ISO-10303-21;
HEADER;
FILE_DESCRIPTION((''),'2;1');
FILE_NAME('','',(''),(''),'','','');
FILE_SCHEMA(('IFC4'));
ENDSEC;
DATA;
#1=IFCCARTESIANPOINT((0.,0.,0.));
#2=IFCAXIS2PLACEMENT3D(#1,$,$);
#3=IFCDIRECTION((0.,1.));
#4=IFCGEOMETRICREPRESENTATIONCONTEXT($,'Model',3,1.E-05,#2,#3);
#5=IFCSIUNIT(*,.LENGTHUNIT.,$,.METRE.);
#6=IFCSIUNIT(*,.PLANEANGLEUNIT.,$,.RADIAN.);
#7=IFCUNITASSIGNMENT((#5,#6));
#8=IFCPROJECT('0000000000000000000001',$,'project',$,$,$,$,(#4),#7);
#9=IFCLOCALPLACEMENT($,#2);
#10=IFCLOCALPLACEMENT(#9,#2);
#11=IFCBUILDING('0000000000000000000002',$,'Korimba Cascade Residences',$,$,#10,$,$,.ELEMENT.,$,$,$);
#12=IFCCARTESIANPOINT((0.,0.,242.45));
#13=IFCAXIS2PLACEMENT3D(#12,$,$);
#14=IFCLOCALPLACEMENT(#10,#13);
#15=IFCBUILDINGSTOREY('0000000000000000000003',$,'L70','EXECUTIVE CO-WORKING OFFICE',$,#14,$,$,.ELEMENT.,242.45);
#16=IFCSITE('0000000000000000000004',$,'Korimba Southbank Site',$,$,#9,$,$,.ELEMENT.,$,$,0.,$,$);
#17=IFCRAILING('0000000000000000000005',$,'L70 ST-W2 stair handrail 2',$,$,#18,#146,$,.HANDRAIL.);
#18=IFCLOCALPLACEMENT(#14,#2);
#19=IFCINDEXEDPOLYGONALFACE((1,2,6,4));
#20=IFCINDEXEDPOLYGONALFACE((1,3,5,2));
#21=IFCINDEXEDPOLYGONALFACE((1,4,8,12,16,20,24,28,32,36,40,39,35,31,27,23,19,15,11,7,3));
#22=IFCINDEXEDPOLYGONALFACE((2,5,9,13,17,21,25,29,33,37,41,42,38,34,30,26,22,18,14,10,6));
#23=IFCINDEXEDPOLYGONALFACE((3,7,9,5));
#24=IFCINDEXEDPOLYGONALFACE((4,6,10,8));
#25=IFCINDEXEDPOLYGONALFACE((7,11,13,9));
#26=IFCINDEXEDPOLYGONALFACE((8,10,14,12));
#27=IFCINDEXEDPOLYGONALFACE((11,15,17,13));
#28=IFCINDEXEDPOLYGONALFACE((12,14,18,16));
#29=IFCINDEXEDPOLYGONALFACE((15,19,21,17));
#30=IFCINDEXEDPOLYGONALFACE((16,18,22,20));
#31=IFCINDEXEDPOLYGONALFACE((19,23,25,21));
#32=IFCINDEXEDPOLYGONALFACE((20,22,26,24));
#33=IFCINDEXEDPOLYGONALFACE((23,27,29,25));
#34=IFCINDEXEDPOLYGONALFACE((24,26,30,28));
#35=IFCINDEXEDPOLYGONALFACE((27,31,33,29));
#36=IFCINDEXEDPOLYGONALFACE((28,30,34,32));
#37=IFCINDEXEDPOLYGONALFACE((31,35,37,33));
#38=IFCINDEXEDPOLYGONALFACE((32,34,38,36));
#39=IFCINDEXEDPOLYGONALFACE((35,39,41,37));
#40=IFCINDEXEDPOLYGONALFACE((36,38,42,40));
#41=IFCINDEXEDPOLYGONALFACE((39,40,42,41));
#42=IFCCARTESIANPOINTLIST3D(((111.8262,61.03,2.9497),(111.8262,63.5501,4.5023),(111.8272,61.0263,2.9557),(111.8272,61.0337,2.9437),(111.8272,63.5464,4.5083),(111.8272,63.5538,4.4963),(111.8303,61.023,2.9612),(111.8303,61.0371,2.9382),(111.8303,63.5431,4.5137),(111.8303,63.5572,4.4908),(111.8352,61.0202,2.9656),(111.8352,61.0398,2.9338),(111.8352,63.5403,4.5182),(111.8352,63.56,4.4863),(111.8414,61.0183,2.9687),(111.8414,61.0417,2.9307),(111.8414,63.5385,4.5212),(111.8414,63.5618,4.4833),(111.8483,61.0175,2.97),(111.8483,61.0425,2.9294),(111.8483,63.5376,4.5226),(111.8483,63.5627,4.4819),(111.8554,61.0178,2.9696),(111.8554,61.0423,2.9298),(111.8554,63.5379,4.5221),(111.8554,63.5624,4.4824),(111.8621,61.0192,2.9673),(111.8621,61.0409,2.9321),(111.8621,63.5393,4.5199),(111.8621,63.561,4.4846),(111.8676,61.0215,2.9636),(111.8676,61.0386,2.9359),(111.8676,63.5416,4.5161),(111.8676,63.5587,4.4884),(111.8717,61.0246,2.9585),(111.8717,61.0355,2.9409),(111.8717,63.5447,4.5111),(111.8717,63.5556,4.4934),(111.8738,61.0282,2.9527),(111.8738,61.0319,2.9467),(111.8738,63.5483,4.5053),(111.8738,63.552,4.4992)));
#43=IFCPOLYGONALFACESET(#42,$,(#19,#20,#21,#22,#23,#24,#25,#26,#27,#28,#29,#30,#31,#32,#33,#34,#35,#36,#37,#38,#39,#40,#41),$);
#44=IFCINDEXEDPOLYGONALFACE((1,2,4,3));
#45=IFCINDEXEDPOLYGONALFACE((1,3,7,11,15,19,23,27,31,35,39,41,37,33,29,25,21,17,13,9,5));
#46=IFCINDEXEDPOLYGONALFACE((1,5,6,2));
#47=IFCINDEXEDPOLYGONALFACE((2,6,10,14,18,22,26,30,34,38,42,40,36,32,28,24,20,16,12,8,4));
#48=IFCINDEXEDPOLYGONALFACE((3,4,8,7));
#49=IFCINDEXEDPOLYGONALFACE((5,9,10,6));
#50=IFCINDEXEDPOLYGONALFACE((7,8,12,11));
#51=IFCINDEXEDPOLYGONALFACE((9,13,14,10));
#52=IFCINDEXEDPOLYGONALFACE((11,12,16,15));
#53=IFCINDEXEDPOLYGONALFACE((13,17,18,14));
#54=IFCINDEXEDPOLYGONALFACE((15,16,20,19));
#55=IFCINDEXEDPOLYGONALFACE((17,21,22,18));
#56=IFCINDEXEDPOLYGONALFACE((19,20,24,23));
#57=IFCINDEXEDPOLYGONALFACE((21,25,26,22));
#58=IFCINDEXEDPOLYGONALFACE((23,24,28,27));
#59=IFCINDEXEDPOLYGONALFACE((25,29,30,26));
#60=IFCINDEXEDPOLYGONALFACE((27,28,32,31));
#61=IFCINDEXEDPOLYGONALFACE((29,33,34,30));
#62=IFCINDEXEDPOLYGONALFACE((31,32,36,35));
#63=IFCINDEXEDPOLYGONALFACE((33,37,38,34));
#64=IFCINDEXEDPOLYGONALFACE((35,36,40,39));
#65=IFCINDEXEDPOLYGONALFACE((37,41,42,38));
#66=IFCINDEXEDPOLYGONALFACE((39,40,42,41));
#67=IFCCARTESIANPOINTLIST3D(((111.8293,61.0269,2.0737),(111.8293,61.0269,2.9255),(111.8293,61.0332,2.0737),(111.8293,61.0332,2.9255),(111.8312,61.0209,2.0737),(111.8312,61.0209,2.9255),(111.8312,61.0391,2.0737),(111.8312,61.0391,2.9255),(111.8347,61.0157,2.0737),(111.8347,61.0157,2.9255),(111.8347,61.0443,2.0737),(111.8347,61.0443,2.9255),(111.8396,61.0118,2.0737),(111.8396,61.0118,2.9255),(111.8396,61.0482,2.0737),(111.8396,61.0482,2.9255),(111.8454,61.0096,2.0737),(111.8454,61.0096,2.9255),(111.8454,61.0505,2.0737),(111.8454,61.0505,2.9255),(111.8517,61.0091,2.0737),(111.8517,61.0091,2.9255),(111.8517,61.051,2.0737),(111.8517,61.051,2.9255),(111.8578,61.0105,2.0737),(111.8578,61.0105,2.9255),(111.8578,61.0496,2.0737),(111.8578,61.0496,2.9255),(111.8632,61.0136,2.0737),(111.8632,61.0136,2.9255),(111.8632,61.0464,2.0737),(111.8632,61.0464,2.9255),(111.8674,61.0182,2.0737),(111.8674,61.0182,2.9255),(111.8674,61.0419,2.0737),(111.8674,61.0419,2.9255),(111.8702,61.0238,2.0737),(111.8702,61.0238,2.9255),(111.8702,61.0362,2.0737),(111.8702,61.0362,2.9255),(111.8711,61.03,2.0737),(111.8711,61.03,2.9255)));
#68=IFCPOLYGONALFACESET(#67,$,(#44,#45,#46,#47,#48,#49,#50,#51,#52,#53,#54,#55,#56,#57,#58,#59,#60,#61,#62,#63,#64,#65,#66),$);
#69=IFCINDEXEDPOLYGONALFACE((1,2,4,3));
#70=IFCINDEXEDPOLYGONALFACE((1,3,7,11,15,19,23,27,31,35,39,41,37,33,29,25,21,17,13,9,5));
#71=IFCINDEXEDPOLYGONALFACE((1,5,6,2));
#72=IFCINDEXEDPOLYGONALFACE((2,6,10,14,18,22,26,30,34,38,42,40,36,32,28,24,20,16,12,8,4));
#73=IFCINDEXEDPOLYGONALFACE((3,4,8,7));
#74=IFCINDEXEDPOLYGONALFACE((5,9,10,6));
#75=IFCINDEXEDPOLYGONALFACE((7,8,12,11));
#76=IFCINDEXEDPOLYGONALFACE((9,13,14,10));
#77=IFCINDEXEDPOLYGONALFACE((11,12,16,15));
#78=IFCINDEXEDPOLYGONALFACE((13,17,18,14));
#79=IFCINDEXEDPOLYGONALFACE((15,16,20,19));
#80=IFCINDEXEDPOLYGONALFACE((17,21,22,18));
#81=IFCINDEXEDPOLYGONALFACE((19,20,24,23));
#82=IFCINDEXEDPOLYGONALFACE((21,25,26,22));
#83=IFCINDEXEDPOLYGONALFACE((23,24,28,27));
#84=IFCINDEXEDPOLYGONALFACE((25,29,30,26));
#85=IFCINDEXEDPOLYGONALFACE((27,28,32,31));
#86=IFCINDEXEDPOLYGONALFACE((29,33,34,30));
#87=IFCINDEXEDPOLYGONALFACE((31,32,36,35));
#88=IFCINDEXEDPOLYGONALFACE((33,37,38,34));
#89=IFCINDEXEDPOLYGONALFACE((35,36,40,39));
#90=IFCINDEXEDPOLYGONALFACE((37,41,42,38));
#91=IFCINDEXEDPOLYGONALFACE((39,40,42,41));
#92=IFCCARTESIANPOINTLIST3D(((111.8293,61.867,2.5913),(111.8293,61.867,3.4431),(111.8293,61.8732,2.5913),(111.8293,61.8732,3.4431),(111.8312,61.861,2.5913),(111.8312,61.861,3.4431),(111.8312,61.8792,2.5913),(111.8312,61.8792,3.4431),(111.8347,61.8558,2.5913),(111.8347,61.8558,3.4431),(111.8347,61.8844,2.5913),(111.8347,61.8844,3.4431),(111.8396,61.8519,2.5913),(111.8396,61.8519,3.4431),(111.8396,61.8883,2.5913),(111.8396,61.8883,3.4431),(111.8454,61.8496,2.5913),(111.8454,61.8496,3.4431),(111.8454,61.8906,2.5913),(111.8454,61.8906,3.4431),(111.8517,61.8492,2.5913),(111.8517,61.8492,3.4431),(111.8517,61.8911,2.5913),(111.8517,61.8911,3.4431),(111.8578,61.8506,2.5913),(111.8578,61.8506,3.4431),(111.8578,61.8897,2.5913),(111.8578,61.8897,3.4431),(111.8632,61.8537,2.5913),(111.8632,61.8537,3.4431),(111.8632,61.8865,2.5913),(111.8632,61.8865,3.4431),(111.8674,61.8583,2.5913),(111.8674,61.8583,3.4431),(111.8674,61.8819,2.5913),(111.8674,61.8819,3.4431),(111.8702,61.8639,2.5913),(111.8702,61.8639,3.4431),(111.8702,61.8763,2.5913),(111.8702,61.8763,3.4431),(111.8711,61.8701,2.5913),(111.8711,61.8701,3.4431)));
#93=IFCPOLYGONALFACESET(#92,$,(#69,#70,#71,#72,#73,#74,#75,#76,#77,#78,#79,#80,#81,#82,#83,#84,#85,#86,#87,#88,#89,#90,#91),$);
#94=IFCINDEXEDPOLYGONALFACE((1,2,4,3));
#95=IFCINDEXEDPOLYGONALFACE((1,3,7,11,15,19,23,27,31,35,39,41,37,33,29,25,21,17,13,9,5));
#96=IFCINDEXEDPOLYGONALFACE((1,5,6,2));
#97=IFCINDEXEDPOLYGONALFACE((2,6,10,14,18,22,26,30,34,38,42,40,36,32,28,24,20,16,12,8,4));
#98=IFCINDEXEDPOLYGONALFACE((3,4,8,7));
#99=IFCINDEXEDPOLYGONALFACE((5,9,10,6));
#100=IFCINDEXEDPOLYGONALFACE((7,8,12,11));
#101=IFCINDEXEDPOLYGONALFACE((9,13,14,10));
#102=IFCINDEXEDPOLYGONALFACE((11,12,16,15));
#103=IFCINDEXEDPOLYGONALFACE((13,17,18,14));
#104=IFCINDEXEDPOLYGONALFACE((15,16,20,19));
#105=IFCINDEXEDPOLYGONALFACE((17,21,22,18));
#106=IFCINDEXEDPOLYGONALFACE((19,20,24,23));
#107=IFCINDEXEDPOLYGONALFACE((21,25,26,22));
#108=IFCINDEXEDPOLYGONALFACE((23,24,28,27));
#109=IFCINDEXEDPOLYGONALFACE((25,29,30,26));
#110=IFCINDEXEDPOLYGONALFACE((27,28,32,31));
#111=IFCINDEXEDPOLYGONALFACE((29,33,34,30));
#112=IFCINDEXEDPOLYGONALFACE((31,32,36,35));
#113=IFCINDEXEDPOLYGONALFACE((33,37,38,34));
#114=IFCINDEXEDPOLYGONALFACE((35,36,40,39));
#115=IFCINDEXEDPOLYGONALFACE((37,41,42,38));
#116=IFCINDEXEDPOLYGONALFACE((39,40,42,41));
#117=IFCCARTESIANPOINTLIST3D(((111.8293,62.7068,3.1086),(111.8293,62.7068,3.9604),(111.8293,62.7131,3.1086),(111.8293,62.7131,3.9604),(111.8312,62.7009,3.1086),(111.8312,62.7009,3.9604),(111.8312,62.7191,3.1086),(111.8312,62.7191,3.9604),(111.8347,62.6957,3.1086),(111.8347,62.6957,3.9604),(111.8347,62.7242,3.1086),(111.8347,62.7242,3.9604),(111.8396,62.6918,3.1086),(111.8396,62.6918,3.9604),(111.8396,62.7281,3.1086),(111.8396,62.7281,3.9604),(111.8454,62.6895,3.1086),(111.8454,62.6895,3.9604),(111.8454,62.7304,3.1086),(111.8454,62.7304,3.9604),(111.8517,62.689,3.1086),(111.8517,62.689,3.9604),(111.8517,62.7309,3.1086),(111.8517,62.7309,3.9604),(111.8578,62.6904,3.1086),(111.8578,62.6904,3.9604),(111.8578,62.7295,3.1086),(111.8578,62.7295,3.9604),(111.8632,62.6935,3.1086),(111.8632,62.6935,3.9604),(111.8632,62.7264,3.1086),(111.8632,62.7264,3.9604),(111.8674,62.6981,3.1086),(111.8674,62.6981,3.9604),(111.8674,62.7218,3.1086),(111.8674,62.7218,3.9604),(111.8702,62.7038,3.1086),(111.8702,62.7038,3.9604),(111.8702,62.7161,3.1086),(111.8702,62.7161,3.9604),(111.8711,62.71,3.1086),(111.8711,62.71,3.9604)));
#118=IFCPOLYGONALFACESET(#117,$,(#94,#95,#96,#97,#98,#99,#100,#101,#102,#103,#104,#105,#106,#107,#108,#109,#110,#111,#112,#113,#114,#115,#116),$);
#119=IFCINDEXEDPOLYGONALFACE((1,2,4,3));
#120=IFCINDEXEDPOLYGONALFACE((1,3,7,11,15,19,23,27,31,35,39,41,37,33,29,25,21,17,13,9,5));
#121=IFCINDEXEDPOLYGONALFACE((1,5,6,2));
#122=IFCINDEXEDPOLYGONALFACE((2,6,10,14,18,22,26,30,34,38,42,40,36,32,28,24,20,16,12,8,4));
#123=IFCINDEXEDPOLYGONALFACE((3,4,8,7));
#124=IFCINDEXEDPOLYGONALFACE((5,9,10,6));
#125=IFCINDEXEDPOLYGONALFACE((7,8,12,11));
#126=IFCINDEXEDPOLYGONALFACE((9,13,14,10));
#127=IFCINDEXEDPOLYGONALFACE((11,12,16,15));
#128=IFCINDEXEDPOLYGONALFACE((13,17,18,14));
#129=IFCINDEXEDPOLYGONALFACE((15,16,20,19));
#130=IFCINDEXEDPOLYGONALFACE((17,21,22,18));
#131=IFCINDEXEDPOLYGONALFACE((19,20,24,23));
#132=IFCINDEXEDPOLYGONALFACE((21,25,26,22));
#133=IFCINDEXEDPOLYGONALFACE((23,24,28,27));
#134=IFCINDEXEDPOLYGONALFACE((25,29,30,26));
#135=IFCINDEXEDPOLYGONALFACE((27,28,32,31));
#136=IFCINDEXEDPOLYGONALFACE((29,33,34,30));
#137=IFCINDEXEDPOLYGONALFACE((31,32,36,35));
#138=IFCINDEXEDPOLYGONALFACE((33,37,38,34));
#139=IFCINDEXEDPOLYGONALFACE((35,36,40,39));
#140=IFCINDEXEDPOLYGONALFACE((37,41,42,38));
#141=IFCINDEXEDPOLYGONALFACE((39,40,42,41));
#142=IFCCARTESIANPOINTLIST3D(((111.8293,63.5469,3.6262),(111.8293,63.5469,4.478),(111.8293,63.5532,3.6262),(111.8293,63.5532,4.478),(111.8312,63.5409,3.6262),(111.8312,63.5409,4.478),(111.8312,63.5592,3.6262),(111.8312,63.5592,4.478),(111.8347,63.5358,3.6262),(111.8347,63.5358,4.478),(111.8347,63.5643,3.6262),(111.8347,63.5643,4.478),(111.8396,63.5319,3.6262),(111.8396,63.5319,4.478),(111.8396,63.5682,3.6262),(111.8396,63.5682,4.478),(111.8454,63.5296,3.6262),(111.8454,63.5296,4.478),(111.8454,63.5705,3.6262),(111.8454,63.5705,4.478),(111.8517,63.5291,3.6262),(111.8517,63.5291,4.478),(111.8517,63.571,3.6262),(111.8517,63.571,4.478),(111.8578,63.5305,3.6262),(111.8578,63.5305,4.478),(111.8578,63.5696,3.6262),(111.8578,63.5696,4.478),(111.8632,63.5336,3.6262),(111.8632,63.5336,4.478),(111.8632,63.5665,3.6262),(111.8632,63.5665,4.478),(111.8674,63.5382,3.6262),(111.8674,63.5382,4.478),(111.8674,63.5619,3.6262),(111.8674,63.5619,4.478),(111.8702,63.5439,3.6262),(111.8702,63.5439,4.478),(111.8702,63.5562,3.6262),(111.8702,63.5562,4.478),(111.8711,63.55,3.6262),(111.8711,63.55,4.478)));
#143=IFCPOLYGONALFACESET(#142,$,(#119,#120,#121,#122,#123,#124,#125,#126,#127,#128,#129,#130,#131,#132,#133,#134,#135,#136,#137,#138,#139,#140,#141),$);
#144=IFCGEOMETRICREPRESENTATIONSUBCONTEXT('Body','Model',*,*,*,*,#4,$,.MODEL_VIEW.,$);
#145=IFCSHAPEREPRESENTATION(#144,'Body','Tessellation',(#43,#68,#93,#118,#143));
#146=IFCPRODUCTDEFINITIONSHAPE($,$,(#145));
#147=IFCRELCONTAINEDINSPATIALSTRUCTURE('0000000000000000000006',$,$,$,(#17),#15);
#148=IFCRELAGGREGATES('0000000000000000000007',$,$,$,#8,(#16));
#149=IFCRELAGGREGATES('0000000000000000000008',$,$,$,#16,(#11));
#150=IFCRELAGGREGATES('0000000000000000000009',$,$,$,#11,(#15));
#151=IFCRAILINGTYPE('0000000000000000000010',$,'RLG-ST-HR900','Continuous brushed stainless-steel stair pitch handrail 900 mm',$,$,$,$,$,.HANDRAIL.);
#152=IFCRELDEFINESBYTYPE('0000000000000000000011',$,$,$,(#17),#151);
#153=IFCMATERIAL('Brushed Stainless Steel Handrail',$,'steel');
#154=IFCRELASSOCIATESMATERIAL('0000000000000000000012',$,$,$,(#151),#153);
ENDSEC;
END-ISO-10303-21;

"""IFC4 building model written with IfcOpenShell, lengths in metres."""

from ifc_helpers import new_model, si_unit, direction, frame, origin, origin_2d, place, context, subcontext, project, spatial, circle, extrude, material, type_object, element, save


model = new_model("IFC4")

# Units and contexts
model_context = context("Model", 3, precision=1e-05, world=origin(), true_north=direction((0.0, 1.0)))
body_context = subcontext(model_context, "Body", "Model", "MODEL_VIEW")
ifc_project = project(units=[si_unit("LENGTHUNIT", "METRE"), si_unit("PLANEANGLEUNIT", "RADIAN")], contexts=[model_context])

# Site, building, storey
site_placement = place(None, origin())
site = spatial("IfcSite", under=ifc_project, at=site_placement, Name="Korimba Southbank Site", CompositionType="ELEMENT", RefElevation=0.0)
building_placement = place(site_placement, origin())
building = spatial("IfcBuilding", under=site, at=building_placement, Name="Korimba Cascade Residences", CompositionType="ELEMENT")
storey_placement = place(building_placement, frame((0.0, 0.0, 242.45)))
storey = spatial("IfcBuildingStorey", under=building, at=storey_placement, Name="L70", Description="EXECUTIVE CO-WORKING OFFICE", CompositionType="ELEMENT", Elevation=242.45)

# Railing
ifc_material_1 = material(Name="Brushed Stainless Steel Handrail", Category="steel")
railing_type_1 = type_object("IfcRailingType", Name="RLG-ST-HR900", Description="Continuous brushed stainless-steel stair pitch handrail 900 mm", PredefinedType="HANDRAIL", material=ifc_material_1)
railing_1_placement = place(storey_placement, frame((111.8501, 61.03, 2.0737)))
element("IfcRailing", 1, at=railing_1_placement, inside=storey, type_object=railing_type_1, Name="L70 ST-W2 stair handrail 2", PredefinedType="HANDRAIL", context=body_context, shape_type="SweptSolid", body=[
    extrude(circle(Radius=0.0239, at=origin_2d()), frame((0.0, 0.0, 0.876), z_axis=(0.0, 0.8514, 0.524516), x_axis=(-1.0, 0.0, 0.0)), (0.0, 0.0, 1.0), 2.96),
    extrude(circle(Radius=0.021, at=origin_2d()), origin(), (0.0, 0.0, 1.0), 0.8518),
    extrude(circle(Radius=0.021, at=origin_2d()), frame((0.0, 0.8401, 0.5176)), (0.0, 0.0, 1.0), 0.8518),
    extrude(circle(Radius=0.021, at=origin_2d()), frame((0.0, 1.6799, 1.0349)), (0.0, 0.0, 1.0), 0.8518),
    extrude(circle(Radius=0.021, at=origin_2d()), frame((0.0, 2.52, 1.5525)), (0.0, 0.0, 1.0), 0.8518),
])

save(model, "model.ifc")
